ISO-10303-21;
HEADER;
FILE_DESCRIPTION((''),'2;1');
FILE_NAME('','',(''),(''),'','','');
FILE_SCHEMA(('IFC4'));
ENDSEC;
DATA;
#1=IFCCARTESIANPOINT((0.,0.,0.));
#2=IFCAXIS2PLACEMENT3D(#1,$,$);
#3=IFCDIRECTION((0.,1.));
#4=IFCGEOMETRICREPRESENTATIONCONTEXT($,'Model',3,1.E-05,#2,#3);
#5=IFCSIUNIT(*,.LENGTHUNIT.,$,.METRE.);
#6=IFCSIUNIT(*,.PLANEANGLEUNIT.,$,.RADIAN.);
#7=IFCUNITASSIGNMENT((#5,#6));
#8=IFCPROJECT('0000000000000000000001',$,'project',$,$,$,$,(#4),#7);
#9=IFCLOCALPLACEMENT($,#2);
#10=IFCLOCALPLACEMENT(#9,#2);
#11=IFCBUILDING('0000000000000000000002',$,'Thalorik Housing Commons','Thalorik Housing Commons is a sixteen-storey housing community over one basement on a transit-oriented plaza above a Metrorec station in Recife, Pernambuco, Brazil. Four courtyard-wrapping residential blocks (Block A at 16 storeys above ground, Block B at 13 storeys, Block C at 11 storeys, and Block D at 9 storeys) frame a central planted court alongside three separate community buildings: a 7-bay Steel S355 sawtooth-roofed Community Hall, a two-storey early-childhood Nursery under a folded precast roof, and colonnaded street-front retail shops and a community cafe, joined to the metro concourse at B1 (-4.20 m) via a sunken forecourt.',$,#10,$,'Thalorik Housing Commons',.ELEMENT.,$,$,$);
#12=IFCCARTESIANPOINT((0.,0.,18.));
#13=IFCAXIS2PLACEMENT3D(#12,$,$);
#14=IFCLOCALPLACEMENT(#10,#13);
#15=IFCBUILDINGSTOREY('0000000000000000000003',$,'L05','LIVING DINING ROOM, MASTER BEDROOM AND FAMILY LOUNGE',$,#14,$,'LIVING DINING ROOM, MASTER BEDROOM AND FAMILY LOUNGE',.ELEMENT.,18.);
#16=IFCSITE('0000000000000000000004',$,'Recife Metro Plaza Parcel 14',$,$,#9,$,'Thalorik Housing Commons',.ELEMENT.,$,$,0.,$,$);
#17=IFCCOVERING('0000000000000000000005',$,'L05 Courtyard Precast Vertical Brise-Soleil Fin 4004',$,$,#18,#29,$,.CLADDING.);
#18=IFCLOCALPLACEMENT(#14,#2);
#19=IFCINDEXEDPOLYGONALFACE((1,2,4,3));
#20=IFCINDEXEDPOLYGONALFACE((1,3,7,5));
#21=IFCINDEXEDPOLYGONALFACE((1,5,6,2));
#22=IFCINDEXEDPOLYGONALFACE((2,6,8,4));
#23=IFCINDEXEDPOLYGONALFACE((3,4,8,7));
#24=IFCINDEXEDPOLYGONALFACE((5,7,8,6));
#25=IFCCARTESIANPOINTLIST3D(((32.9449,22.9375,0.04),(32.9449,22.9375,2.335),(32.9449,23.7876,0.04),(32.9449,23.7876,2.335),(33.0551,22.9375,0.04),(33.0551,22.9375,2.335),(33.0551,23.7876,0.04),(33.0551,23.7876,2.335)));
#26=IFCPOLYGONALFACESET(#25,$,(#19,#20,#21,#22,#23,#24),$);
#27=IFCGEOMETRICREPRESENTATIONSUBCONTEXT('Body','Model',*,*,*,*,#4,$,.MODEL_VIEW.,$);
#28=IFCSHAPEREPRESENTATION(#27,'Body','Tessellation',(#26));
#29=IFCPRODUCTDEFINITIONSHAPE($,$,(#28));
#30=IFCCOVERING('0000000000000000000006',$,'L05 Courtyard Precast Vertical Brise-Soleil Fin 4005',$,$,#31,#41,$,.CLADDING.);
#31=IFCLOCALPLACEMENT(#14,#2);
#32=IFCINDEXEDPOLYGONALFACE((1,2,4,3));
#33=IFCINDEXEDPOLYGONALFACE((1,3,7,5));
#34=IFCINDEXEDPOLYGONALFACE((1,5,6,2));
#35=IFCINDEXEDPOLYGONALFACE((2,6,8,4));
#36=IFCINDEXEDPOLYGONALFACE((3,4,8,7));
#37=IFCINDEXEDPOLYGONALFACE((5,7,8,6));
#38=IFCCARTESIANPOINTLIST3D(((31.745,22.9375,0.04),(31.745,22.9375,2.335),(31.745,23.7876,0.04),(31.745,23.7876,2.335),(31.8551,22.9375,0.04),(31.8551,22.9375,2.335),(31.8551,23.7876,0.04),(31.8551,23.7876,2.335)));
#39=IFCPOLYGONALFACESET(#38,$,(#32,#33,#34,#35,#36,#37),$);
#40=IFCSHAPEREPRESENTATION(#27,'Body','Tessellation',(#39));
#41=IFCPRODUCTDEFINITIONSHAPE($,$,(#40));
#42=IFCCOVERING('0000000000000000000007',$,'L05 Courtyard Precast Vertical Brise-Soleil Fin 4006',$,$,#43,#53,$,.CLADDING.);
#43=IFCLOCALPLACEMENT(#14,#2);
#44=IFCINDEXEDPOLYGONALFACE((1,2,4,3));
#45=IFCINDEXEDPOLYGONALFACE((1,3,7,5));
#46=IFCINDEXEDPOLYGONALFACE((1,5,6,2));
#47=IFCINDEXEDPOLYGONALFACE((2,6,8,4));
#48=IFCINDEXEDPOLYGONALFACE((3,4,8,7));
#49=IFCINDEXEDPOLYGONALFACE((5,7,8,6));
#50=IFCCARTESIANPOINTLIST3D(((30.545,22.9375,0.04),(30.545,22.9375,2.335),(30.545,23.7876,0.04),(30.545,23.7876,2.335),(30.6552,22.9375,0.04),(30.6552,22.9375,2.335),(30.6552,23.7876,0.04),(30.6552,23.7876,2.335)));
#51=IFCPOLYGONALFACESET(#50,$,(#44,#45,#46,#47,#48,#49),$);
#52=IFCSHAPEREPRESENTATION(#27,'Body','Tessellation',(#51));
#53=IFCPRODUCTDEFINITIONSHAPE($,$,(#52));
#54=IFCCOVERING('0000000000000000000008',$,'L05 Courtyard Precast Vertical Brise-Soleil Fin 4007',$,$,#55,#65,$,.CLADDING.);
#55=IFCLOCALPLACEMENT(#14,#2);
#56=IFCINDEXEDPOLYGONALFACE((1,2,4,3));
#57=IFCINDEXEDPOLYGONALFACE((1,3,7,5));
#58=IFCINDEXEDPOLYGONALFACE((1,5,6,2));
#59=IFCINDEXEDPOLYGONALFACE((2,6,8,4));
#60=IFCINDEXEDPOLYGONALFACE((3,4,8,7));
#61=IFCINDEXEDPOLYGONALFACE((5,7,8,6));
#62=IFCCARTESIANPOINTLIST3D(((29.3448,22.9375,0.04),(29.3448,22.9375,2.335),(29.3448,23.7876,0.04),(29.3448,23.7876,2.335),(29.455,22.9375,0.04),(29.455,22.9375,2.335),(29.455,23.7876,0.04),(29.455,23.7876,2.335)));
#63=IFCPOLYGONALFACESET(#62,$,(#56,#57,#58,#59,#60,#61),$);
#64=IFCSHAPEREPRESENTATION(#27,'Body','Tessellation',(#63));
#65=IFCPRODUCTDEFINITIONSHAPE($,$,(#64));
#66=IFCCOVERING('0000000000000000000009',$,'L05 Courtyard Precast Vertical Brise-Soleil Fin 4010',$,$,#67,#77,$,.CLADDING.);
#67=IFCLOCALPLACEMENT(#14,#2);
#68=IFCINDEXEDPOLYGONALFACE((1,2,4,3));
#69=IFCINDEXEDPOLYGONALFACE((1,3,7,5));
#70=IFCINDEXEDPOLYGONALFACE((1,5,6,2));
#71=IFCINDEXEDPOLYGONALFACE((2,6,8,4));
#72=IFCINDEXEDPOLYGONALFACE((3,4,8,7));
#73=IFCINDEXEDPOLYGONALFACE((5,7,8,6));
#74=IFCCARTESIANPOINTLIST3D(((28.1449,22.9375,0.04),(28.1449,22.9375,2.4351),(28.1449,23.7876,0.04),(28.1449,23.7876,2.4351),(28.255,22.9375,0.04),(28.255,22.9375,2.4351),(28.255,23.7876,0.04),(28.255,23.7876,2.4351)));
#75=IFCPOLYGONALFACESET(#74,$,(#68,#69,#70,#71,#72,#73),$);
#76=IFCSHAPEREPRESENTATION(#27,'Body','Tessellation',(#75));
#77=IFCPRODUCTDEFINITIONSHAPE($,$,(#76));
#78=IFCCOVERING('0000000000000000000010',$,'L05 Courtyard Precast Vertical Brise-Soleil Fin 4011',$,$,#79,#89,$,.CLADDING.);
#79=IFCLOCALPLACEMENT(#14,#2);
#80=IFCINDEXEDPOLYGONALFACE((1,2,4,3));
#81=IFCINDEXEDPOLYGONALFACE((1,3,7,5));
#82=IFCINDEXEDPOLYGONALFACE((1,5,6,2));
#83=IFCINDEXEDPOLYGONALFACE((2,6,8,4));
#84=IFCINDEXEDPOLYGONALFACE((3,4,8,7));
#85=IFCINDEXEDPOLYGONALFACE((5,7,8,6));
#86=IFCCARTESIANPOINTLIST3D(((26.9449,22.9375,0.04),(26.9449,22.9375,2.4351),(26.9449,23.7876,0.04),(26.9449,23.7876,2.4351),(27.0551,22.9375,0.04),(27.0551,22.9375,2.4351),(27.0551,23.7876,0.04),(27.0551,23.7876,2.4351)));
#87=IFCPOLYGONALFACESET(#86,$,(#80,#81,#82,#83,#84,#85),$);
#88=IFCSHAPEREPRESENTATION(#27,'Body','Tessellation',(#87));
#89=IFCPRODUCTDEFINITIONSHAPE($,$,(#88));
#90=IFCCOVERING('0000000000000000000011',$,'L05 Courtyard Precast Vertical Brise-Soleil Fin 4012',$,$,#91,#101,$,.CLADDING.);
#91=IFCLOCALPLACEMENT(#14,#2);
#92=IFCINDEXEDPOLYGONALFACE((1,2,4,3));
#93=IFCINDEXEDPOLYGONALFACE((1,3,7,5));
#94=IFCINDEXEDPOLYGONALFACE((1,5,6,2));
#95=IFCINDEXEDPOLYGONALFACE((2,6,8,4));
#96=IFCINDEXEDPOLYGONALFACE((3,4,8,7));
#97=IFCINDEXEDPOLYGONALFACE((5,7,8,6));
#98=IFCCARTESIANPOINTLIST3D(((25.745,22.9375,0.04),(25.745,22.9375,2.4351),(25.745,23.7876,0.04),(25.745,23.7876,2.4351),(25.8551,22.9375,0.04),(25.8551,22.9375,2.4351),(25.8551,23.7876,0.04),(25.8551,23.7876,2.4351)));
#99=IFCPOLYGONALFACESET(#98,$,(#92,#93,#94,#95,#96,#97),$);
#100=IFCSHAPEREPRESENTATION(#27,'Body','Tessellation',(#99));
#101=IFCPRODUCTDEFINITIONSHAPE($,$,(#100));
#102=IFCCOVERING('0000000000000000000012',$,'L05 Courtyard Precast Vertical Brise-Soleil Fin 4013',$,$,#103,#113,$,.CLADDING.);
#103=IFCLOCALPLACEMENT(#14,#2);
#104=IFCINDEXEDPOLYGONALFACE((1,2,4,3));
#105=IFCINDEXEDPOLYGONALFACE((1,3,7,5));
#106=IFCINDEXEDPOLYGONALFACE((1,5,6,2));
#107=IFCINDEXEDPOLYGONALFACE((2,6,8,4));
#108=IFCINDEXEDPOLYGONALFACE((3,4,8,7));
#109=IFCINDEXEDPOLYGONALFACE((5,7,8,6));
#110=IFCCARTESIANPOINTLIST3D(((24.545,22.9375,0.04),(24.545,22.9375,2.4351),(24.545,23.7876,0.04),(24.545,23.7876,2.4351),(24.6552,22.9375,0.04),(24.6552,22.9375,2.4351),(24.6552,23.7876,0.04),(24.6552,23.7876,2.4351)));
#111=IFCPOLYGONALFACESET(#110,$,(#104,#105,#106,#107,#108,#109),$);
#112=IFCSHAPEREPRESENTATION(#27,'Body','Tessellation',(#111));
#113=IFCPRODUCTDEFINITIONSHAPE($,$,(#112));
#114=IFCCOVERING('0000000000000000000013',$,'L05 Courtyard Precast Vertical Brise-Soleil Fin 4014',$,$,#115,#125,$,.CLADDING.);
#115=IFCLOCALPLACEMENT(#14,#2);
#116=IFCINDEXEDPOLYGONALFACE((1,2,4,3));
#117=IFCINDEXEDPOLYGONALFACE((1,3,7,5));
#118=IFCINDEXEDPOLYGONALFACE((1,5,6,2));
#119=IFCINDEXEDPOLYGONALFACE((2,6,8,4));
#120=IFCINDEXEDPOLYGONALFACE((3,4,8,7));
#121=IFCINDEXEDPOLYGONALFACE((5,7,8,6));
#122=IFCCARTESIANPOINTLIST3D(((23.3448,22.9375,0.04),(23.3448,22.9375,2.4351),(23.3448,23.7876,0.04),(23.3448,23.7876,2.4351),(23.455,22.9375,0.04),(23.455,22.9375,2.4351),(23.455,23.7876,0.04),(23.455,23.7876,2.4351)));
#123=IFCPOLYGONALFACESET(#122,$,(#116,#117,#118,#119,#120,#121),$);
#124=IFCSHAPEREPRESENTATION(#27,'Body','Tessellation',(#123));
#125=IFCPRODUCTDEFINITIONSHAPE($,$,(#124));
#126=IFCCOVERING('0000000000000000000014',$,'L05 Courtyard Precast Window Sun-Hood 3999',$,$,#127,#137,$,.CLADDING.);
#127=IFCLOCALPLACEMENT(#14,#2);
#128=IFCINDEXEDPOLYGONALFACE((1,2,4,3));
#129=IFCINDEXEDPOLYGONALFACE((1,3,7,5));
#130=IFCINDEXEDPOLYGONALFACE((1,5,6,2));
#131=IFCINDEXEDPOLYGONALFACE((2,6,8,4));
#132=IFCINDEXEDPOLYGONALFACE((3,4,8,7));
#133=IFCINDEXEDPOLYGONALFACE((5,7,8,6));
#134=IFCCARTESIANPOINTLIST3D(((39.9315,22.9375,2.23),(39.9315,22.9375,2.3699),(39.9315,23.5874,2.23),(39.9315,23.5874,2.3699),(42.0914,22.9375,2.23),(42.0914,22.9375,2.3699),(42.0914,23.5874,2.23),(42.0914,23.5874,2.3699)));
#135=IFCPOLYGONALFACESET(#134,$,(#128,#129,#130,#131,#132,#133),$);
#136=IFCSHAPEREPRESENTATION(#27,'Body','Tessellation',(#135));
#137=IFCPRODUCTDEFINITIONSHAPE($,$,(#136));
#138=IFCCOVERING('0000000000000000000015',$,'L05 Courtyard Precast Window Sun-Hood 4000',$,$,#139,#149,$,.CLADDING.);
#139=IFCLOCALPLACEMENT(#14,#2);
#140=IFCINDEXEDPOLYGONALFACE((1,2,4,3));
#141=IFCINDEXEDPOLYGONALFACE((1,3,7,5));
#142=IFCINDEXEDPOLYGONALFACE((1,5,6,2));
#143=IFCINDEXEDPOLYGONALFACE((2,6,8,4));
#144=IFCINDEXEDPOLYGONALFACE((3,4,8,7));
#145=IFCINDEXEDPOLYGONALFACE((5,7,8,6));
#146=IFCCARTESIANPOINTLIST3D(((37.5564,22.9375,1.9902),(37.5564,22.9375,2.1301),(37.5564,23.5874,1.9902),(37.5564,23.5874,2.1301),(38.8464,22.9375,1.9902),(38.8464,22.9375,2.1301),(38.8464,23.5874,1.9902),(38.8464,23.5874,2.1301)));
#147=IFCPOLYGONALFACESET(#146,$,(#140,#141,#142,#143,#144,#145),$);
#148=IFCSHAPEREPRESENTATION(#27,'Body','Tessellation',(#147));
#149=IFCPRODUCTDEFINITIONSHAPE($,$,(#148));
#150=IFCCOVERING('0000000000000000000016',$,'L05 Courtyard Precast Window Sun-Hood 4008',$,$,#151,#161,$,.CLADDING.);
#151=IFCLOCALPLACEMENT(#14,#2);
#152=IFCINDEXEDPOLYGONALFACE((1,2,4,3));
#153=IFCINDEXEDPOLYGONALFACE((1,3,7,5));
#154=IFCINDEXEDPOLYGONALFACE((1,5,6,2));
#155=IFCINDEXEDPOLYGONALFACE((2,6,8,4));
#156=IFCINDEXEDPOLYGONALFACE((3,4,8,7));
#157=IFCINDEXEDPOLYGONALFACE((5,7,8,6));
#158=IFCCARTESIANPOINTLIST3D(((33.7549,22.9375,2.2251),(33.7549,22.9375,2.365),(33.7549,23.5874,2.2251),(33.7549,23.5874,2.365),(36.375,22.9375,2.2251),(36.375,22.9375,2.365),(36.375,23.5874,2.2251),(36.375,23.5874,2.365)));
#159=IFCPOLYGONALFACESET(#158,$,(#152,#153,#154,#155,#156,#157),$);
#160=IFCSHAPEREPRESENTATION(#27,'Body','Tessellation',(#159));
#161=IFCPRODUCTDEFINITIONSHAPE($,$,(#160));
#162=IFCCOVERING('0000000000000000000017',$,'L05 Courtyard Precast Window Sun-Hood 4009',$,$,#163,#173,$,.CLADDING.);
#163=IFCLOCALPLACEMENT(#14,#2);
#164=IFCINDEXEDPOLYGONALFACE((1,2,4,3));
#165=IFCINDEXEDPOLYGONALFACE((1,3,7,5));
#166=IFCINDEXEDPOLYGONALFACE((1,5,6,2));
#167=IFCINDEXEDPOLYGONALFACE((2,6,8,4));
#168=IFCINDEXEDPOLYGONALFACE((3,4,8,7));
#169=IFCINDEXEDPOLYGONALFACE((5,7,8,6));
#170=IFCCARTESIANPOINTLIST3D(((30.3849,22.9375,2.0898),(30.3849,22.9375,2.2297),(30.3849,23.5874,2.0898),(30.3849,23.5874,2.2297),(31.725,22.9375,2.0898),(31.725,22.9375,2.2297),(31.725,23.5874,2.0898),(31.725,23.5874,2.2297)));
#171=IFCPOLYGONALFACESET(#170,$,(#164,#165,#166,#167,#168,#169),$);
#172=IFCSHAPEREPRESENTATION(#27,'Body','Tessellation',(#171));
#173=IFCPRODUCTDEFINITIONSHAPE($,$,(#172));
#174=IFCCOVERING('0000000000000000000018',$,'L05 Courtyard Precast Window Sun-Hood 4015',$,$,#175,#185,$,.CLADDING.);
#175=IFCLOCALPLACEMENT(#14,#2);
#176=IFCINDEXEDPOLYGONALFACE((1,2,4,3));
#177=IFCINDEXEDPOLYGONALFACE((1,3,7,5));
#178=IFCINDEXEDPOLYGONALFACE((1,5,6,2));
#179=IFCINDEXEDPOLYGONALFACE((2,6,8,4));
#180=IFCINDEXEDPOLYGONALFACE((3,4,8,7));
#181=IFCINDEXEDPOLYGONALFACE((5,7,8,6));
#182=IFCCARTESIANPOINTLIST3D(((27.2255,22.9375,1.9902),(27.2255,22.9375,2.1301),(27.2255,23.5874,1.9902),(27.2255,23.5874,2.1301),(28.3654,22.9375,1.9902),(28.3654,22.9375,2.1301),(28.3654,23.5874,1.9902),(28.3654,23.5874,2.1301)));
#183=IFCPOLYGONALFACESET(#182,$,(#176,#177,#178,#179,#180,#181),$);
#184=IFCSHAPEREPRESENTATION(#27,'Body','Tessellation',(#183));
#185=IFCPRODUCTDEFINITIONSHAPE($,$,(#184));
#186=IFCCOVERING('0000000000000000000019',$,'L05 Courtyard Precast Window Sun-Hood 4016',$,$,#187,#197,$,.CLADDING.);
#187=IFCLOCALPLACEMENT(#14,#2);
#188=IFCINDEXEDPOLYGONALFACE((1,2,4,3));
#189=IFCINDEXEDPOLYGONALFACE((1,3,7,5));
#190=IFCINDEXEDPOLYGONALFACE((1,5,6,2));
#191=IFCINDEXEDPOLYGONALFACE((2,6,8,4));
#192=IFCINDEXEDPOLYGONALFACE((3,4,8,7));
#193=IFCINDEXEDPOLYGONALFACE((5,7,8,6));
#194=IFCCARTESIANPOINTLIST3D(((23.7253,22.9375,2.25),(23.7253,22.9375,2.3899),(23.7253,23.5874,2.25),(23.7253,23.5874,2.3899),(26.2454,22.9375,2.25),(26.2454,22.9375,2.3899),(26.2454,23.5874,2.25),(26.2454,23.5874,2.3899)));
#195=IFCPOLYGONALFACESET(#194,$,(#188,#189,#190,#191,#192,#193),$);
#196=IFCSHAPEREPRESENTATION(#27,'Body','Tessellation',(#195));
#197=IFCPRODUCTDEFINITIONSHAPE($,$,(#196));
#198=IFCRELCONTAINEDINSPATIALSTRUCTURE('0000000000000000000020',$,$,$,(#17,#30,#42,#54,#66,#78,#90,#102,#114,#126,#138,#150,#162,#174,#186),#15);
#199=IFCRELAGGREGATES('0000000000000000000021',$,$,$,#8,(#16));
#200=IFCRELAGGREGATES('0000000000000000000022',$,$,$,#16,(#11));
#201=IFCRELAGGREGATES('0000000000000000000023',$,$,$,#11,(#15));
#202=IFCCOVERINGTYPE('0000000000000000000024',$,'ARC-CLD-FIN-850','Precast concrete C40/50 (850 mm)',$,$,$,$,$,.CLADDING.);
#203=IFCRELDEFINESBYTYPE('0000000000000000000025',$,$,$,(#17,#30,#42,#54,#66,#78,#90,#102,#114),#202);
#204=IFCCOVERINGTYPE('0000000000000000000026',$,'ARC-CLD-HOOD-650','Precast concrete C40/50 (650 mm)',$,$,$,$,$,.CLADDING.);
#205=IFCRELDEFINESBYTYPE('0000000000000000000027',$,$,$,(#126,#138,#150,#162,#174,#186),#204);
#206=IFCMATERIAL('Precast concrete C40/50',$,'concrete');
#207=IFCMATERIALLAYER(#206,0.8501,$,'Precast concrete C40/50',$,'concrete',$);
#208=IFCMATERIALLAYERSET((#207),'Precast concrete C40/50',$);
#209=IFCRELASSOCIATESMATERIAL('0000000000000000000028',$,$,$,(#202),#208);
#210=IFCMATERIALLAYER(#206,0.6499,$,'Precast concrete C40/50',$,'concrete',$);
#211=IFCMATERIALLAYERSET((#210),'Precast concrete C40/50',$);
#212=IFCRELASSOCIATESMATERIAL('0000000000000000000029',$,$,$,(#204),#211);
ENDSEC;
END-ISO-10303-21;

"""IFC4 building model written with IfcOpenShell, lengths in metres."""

from ifc_helpers import new_model, si_unit, direction, frame, origin, origin_2d, place, context, subcontext, project, spatial, rectangle, extrude, material, layer, layer_set, type_object, element, save


model = new_model("IFC4")

# Units and contexts
model_context = context("Model", 3, precision=1e-05, world=origin(), true_north=direction((0.0, 1.0)))
body_context = subcontext(model_context, "Body", "Model", "MODEL_VIEW")
ifc_project = project(units=[si_unit("LENGTHUNIT", "METRE"), si_unit("PLANEANGLEUNIT", "RADIAN")], contexts=[model_context])

# Site, building, storey
site_placement = place(None, origin())
site = spatial("IfcSite", under=ifc_project, at=site_placement, Name="Recife Metro Plaza Parcel 14", LongName="Thalorik Housing Commons", CompositionType="ELEMENT", RefElevation=0.0)
building_placement = place(site_placement, origin())
building = spatial("IfcBuilding", under=site, at=building_placement, Name="Thalorik Housing Commons", Description="Thalorik Housing Commons is a sixteen-storey housing community over one basement on a transit-oriented plaza above a Metrorec station in Recife, Pernambuco, Brazil. Four courtyard-wrapping residential blocks (Block A at 16 storeys above ground, Block B at 13 storeys, Block C at 11 storeys, and Block D at 9 storeys) frame a central planted court alongside three separate community buildings: a 7-bay Steel S355 sawtooth-roofed Community Hall, a two-storey early-childhood Nursery under a folded precast roof, and colonnaded street-front retail shops and a community cafe, joined to the metro concourse at B1 (-4.20 m) via a sunken forecourt.", LongName="Thalorik Housing Commons", CompositionType="ELEMENT")
storey_placement = place(building_placement, frame((0.0, 0.0, 18.0)))
storey = spatial("IfcBuildingStorey", under=building, at=storey_placement, Name="L05", Description="LIVING DINING ROOM, MASTER BEDROOM AND FAMILY LOUNGE", LongName="LIVING DINING ROOM, MASTER BEDROOM AND FAMILY LOUNGE", CompositionType="ELEMENT", Elevation=18.0)

# Shared definitions
ifc_material_1 = material(Name="Precast concrete C40/50", Category="concrete")

# Coverings
ifc_layer_1 = layer(ifc_material_1, 0.8501, Name="Precast concrete C40/50", Category="concrete")
ifc_layer_set_1 = layer_set([ifc_layer_1], Name="Precast concrete C40/50")
covering_type_1 = type_object("IfcCoveringType", Name="ARC-CLD-FIN-850", Description="Precast concrete C40/50 (850 mm)", PredefinedType="CLADDING", material=ifc_layer_set_1)
for number, where, z_axis, x_axis, name in (
    (1, (33.0, 23.3625, 0.04), (0.0, 0.0, 1.0), (-1.0, 0.0, 0.0), "L05 Courtyard Precast Vertical Brise-Soleil Fin 4004"),
    (2, (31.8, 23.3625, 0.04), (0.0, 0.0, 1.0), (-1.0, 0.0, 0.0), "L05 Courtyard Precast Vertical Brise-Soleil Fin 4005"),
    (3, (30.6001, 23.3625, 0.04), (0.0, 0.0, 1.0), (-1.0, 0.0, 0.0), "L05 Courtyard Precast Vertical Brise-Soleil Fin 4006"),
    (4, (29.3999, 23.3625, 0.04), (0.0, 0.0, 1.0), (-1.0, 0.0, 0.0), "L05 Courtyard Precast Vertical Brise-Soleil Fin 4007"),
):
    element("IfcCovering", number, at=place(storey_placement, frame(where, z_axis=z_axis, x_axis=x_axis)), inside=storey, type_object=covering_type_1, Name=name, PredefinedType="CLADDING", context=body_context, shape_type="SweptSolid", body=[
        extrude(rectangle(XDim=0.1101, YDim=0.8501, at=origin_2d()), origin(), (0.0, 0.0, 1.0), 2.2949),
    ])
for number, where, z_axis, x_axis, name in (
    (5, (28.2, 23.3625, 0.04), (0.0, 0.0, 1.0), (-1.0, 0.0, 0.0), "L05 Courtyard Precast Vertical Brise-Soleil Fin 4010"),
    (6, (27.0, 23.3625, 0.04), (0.0, 0.0, 1.0), (-1.0, 0.0, 0.0), "L05 Courtyard Precast Vertical Brise-Soleil Fin 4011"),
    (7, (25.8, 23.3625, 0.04), (0.0, 0.0, 1.0), (-1.0, 0.0, 0.0), "L05 Courtyard Precast Vertical Brise-Soleil Fin 4012"),
    (8, (24.6001, 23.3625, 0.04), (0.0, 0.0, 1.0), (-1.0, 0.0, 0.0), "L05 Courtyard Precast Vertical Brise-Soleil Fin 4013"),
    (9, (23.3999, 23.3625, 0.04), (0.0, 0.0, 1.0), (-1.0, 0.0, 0.0), "L05 Courtyard Precast Vertical Brise-Soleil Fin 4014"),
):
    element("IfcCovering", number, at=place(storey_placement, frame(where, z_axis=z_axis, x_axis=x_axis)), inside=storey, type_object=covering_type_1, Name=name, PredefinedType="CLADDING", context=body_context, shape_type="SweptSolid", body=[
        extrude(rectangle(XDim=0.1101, YDim=0.8501, at=origin_2d()), origin(), (0.0, 0.0, 1.0), 2.395),
    ])
ifc_layer_2 = layer(ifc_material_1, 0.6499, Name="Precast concrete C40/50", Category="concrete")
ifc_layer_set_2 = layer_set([ifc_layer_2], Name="Precast concrete C40/50")
covering_type_2 = type_object("IfcCoveringType", Name="ARC-CLD-HOOD-650", Description="Precast concrete C40/50 (650 mm)", PredefinedType="CLADDING", material=ifc_layer_set_2)
covering_1_placement = place(storey_placement, frame((41.0115, 23.2625, 2.23), z_axis=(0.0, 0.0, 1.0), x_axis=(-1.0, 0.0, 0.0)))
element("IfcCovering", 10, at=covering_1_placement, inside=storey, type_object=covering_type_2, Name="L05 Courtyard Precast Window Sun-Hood 3999", PredefinedType="CLADDING", context=body_context, shape_type="SweptSolid", body=[
    extrude(rectangle(XDim=2.1599, YDim=0.6499, at=origin_2d()), origin(), (0.0, 0.0, 1.0), 0.1399),
])
covering_2_placement = place(storey_placement, frame((38.2014, 23.2625, 1.9902), z_axis=(0.0, 0.0, 1.0), x_axis=(-1.0, 0.0, 0.0)))
element("IfcCovering", 11, at=covering_2_placement, inside=storey, type_object=covering_type_2, Name="L05 Courtyard Precast Window Sun-Hood 4000", PredefinedType="CLADDING", context=body_context, shape_type="SweptSolid", body=[
    extrude(rectangle(XDim=1.29, YDim=0.6499, at=origin_2d()), origin(), (0.0, 0.0, 1.0), 0.1399),
])
covering_3_placement = place(storey_placement, frame((35.0649, 23.2625, 2.2251), z_axis=(0.0, 0.0, 1.0), x_axis=(-1.0, 0.0, 0.0)))
element("IfcCovering", 12, at=covering_3_placement, inside=storey, type_object=covering_type_2, Name="L05 Courtyard Precast Window Sun-Hood 4008", PredefinedType="CLADDING", context=body_context, shape_type="SweptSolid", body=[
    extrude(rectangle(XDim=2.6201, YDim=0.6499, at=origin_2d()), origin(), (0.0, 0.0, 1.0), 0.1399),
])
covering_4_placement = place(storey_placement, frame((31.0549, 23.2625, 2.0898), z_axis=(0.0, 0.0, 1.0), x_axis=(-1.0, 0.0, 0.0)))
element("IfcCovering", 13, at=covering_4_placement, inside=storey, type_object=covering_type_2, Name="L05 Courtyard Precast Window Sun-Hood 4009", PredefinedType="CLADDING", context=body_context, shape_type="SweptSolid", body=[
    extrude(rectangle(XDim=1.3401, YDim=0.6499, at=origin_2d()), origin(), (0.0, 0.0, 1.0), 0.1399),
])
covering_5_placement = place(storey_placement, frame((27.7954, 23.2625, 1.9902), z_axis=(0.0, 0.0, 1.0), x_axis=(-1.0, 0.0, 0.0)))
element("IfcCovering", 14, at=covering_5_placement, inside=storey, type_object=covering_type_2, Name="L05 Courtyard Precast Window Sun-Hood 4015", PredefinedType="CLADDING", context=body_context, shape_type="SweptSolid", body=[
    extrude(rectangle(XDim=1.1399, YDim=0.6499, at=origin_2d()), origin(), (0.0, 0.0, 1.0), 0.1399),
])
covering_6_placement = place(storey_placement, frame((24.9854, 23.2625, 2.25), z_axis=(0.0, 0.0, 1.0), x_axis=(-1.0, 0.0, 0.0)))
element("IfcCovering", 15, at=covering_6_placement, inside=storey, type_object=covering_type_2, Name="L05 Courtyard Precast Window Sun-Hood 4016", PredefinedType="CLADDING", context=body_context, shape_type="SweptSolid", body=[
    extrude(rectangle(XDim=2.52, YDim=0.6499, at=origin_2d()), origin(), (0.0, 0.0, 1.0), 0.1399),
])

save(model, "model.ifc")
